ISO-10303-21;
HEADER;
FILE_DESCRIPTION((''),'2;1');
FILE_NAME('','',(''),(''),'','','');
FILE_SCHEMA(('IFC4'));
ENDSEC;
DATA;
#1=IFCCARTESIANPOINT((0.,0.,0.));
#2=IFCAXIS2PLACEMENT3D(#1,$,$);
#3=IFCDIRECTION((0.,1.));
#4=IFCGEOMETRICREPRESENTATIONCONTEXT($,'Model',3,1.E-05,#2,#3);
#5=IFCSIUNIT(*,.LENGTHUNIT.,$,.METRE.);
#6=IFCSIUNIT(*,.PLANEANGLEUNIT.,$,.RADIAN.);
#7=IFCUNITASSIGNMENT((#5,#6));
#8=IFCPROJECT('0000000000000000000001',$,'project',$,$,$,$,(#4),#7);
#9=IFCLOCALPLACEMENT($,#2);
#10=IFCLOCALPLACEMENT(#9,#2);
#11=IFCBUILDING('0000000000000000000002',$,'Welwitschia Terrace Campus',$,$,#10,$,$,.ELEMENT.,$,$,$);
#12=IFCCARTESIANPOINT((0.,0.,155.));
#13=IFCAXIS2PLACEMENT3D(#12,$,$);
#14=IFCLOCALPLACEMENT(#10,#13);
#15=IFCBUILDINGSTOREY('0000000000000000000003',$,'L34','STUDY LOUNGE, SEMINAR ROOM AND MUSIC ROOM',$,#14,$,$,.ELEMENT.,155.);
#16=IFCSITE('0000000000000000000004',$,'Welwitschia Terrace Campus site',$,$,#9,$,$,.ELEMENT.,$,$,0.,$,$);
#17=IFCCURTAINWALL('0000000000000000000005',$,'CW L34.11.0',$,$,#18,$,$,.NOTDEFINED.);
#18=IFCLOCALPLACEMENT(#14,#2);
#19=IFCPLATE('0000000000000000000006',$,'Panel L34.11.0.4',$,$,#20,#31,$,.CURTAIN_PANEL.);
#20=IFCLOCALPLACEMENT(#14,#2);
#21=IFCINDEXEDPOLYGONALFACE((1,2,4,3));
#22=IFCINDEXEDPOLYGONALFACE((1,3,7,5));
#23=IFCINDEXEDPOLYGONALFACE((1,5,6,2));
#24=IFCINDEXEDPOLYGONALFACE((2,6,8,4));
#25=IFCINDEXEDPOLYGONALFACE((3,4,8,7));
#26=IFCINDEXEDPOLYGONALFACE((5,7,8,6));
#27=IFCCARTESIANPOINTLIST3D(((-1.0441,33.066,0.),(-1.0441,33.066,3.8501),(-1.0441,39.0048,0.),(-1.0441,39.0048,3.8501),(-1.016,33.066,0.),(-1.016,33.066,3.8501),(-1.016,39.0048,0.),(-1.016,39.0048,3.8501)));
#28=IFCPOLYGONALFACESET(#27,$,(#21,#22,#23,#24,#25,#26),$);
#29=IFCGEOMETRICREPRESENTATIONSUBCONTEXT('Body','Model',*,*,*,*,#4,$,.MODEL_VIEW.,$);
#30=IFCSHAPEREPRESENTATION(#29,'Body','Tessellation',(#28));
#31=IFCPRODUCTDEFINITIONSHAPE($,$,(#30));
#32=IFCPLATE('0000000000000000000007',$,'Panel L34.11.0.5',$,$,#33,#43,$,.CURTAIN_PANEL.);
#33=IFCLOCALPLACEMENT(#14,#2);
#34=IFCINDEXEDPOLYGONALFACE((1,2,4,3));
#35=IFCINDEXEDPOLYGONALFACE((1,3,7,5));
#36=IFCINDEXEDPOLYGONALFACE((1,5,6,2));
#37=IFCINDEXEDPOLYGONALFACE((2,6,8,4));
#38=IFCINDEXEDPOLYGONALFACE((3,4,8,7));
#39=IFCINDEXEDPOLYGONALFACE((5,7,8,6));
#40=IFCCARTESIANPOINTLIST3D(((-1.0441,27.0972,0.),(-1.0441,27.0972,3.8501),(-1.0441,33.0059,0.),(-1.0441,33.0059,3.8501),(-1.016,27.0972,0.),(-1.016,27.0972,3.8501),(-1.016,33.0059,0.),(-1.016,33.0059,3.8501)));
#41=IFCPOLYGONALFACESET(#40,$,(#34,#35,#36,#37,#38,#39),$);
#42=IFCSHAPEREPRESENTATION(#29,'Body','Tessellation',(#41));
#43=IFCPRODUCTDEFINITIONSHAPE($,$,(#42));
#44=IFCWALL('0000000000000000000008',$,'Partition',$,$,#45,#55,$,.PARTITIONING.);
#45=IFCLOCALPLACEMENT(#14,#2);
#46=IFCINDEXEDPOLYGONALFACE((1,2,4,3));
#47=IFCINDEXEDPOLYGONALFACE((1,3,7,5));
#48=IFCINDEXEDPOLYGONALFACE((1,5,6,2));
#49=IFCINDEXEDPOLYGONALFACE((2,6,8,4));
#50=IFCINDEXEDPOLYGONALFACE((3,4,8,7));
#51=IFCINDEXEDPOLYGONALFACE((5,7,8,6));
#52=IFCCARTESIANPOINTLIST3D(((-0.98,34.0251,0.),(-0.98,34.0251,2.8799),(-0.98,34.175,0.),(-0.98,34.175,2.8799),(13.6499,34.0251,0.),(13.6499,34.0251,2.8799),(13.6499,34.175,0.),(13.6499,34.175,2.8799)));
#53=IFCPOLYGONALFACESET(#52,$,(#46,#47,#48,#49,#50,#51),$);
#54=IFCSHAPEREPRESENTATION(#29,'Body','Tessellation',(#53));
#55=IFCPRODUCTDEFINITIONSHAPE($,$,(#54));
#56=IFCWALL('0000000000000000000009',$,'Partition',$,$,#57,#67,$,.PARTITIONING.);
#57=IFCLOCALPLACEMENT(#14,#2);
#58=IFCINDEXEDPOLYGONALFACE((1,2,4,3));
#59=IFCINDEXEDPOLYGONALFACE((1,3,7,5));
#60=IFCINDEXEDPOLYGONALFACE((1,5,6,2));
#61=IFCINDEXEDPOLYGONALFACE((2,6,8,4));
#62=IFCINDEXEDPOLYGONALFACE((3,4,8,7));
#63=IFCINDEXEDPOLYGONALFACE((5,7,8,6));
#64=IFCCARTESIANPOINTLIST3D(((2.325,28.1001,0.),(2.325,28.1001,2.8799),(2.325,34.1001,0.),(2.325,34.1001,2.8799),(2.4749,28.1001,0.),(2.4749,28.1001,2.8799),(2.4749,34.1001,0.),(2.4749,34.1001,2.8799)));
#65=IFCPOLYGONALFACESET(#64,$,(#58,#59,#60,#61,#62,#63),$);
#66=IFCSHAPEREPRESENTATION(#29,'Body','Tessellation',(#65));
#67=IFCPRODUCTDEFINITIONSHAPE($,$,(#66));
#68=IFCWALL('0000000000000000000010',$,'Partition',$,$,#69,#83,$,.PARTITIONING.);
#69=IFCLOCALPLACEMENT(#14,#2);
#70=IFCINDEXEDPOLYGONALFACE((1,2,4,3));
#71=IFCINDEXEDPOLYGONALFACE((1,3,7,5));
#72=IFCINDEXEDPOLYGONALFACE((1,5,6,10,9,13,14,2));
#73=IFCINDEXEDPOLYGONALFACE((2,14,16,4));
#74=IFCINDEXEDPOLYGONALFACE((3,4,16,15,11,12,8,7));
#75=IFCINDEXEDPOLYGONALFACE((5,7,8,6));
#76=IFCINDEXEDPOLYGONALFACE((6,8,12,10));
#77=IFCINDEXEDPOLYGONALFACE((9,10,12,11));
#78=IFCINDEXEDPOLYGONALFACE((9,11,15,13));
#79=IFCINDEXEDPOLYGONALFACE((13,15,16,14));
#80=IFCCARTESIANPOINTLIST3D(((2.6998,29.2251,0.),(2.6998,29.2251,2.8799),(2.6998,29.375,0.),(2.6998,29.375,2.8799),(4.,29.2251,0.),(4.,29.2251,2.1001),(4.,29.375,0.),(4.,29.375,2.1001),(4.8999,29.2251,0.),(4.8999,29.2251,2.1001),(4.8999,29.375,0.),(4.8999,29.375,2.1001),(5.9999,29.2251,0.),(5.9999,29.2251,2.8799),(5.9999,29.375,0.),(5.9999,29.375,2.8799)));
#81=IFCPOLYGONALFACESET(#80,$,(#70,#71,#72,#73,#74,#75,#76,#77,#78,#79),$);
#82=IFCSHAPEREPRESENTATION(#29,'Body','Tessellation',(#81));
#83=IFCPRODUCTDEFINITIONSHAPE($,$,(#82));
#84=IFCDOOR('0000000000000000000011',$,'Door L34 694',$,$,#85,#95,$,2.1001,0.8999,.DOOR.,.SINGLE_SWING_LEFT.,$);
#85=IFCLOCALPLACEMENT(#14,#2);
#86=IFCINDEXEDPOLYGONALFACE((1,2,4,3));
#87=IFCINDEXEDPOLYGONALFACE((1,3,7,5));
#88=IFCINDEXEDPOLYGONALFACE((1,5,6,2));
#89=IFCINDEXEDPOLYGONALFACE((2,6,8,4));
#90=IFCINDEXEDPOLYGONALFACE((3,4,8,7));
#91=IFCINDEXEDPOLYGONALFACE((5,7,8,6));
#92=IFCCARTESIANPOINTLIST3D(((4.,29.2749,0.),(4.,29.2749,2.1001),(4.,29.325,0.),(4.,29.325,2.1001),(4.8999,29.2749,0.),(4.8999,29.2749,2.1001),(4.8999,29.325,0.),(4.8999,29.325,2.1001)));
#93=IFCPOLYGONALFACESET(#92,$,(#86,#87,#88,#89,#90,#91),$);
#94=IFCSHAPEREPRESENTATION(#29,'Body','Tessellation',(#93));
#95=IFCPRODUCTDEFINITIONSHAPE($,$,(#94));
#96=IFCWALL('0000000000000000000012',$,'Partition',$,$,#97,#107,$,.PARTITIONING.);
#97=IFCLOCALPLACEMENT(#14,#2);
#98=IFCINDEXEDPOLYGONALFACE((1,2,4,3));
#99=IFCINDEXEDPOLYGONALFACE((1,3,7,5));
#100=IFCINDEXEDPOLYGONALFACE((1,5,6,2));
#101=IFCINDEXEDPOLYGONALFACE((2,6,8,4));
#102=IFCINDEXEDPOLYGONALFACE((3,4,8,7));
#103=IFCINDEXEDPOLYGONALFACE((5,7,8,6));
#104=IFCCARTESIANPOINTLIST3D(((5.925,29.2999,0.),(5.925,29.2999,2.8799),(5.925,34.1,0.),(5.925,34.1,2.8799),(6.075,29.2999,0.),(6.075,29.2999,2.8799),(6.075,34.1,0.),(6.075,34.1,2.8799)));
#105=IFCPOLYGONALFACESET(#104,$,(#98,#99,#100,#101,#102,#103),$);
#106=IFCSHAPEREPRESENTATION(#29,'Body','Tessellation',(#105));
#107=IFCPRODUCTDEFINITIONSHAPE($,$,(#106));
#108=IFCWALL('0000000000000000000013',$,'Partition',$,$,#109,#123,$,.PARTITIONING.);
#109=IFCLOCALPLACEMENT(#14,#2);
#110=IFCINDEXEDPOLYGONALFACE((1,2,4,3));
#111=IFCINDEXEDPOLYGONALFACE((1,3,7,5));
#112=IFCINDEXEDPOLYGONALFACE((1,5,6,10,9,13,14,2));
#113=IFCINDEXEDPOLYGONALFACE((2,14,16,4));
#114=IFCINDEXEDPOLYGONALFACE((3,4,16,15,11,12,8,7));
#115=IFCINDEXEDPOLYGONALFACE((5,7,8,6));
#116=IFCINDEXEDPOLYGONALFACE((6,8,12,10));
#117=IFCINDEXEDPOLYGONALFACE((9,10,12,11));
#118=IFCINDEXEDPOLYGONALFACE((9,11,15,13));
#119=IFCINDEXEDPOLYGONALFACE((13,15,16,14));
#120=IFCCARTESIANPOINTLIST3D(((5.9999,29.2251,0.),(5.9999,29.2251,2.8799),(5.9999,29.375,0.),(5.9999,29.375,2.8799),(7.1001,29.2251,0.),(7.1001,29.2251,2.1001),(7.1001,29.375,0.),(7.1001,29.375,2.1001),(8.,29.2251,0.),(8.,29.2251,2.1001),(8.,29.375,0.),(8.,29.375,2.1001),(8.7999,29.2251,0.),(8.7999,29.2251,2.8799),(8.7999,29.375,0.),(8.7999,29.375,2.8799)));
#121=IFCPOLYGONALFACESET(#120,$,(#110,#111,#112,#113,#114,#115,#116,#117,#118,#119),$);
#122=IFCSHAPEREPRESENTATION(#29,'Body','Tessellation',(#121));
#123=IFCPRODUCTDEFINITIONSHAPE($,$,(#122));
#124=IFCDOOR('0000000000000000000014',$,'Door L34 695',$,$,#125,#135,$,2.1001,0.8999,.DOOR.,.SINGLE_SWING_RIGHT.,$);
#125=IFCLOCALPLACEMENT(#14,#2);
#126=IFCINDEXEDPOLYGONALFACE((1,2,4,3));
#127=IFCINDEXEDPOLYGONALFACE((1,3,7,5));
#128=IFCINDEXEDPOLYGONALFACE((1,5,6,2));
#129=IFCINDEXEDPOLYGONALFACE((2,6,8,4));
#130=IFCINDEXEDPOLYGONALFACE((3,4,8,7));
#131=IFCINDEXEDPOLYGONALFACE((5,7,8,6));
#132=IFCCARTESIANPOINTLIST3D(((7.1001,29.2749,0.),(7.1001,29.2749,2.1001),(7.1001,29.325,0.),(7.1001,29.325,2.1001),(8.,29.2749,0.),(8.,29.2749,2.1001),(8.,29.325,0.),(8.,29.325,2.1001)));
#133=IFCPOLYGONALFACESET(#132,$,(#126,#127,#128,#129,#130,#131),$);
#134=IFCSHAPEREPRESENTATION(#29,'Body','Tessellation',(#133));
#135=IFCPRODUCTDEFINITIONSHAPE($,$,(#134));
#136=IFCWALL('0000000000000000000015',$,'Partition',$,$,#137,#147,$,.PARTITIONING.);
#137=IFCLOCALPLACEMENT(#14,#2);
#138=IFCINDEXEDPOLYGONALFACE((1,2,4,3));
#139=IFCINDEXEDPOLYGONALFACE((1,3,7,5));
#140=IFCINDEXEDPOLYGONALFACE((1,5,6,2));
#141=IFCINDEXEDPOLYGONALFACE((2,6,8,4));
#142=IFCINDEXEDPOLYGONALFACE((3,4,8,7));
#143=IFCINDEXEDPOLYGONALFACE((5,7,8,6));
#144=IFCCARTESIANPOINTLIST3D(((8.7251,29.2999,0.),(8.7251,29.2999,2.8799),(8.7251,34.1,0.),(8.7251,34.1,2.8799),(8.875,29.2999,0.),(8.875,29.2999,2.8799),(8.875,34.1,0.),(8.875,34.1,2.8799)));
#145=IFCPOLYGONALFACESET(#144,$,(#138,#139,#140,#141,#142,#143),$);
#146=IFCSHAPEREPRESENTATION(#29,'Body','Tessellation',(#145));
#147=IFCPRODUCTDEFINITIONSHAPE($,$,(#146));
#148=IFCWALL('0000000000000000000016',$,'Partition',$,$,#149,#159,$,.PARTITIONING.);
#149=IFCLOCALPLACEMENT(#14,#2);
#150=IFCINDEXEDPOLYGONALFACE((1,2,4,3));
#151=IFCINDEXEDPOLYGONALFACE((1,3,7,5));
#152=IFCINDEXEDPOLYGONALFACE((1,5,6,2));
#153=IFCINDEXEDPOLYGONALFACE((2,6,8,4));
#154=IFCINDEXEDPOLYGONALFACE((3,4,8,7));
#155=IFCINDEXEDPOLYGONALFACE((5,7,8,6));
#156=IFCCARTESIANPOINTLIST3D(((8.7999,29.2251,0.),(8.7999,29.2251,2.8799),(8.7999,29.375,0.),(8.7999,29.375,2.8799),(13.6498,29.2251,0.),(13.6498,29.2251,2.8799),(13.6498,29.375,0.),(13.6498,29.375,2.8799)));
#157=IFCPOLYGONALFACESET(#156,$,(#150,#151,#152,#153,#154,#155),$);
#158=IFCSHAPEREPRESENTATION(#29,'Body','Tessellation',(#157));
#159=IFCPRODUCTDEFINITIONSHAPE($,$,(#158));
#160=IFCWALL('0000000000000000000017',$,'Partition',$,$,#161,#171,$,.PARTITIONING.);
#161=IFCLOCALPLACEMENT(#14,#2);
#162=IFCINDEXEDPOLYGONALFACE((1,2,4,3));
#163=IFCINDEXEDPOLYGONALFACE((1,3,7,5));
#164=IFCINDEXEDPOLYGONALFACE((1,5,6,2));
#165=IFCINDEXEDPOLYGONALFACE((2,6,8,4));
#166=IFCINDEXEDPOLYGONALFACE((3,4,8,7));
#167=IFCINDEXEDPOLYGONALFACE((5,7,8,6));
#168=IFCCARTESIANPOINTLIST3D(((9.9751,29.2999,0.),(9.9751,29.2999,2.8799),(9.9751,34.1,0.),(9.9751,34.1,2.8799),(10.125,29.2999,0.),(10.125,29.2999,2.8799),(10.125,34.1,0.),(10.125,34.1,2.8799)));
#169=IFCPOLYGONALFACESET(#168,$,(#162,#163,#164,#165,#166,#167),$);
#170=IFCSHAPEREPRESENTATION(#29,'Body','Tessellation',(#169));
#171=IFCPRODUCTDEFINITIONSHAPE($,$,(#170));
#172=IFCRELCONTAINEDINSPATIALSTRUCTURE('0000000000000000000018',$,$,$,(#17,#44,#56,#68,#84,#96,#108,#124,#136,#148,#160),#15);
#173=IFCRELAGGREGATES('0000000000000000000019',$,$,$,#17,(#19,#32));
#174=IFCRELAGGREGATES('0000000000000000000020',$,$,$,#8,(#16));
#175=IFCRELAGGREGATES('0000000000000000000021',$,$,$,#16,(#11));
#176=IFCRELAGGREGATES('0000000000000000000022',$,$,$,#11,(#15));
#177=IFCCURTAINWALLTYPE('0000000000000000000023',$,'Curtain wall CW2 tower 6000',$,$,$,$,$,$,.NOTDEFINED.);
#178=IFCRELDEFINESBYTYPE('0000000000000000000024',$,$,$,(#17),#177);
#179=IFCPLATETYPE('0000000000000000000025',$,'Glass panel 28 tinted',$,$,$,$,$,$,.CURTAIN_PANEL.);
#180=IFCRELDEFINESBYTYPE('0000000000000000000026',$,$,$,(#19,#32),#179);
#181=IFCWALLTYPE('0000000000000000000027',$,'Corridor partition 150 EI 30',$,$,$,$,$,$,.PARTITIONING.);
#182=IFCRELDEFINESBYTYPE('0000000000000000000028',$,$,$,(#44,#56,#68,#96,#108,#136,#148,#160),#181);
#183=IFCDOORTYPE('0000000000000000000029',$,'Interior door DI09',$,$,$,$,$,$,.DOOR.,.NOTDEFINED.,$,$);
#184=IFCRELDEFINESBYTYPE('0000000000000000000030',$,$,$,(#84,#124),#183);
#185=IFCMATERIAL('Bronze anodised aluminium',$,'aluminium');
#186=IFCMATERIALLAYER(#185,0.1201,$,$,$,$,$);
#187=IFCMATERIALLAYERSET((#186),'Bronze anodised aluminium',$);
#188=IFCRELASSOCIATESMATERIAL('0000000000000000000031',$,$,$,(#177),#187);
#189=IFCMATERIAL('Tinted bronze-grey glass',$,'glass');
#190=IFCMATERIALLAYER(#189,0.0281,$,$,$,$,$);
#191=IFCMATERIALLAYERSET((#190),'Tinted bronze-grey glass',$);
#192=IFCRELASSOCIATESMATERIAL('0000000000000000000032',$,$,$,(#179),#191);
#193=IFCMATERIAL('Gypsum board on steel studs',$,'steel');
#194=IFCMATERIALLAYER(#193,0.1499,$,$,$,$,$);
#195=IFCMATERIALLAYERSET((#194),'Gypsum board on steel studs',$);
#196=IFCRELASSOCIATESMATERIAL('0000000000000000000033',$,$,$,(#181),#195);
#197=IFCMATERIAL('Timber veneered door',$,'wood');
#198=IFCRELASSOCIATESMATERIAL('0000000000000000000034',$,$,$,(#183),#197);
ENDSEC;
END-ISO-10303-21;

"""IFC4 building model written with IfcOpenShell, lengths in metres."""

from ifc_helpers import new_model, si_unit, direction, frame, frame_2d, origin, origin_2d, place, context, subcontext, project, spatial, rectangle, extrude, material, layer, layer_set, type_object, element, fill, aggregate, save


model = new_model("IFC4")

# Units and contexts
model_context = context("Model", 3, precision=1e-05, world=origin(), true_north=direction((0.0, 1.0)))
body_context = subcontext(model_context, "Body", "Model", "MODEL_VIEW")
ifc_project = project(units=[si_unit("LENGTHUNIT", "METRE"), si_unit("PLANEANGLEUNIT", "RADIAN")], contexts=[model_context])

# Site, building, storey
site_placement = place(None, origin())
site = spatial("IfcSite", under=ifc_project, at=site_placement, Name="Welwitschia Terrace Campus site", CompositionType="ELEMENT", RefElevation=0.0)
building_placement = place(site_placement, origin())
building = spatial("IfcBuilding", under=site, at=building_placement, Name="Welwitschia Terrace Campus", CompositionType="ELEMENT")
storey_placement = place(building_placement, frame((0.0, 0.0, 155.0)))
storey = spatial("IfcBuildingStorey", under=building, at=storey_placement, Name="L34", Description="STUDY LOUNGE, SEMINAR ROOM AND MUSIC ROOM", CompositionType="ELEMENT", Elevation=155.0)

# Curtain wall
ifc_material_1 = material(Name="Bronze anodised aluminium", Category="aluminium")
ifc_layer_1 = layer(ifc_material_1, 0.1201)
ifc_layer_set_1 = layer_set([ifc_layer_1], Name="Bronze anodised aluminium")
curtain_wall_type = type_object("IfcCurtainWallType", Name="Curtain wall CW2 tower 6000", PredefinedType="NOTDEFINED", material=ifc_layer_set_1)
curtain_wall_placement = place(storey_placement, origin())
curtain_wall = element("IfcCurtainWall", 1, at=curtain_wall_placement, inside=storey, type_object=curtain_wall_type, Name="CW L34.11.0", PredefinedType="NOTDEFINED")

# Plates
ifc_material_2 = material(Name="Tinted bronze-grey glass", Category="glass")
ifc_layer_2 = layer(ifc_material_2, 0.0281)
ifc_layer_set_2 = layer_set([ifc_layer_2], Name="Tinted bronze-grey glass")
plate_type = type_object("IfcPlateType", Name="Glass panel 28 tinted", PredefinedType="CURTAIN_PANEL", material=ifc_layer_set_2)
plate_1_placement = place(storey_placement, frame((-1.03, 36.0354, 0.0), z_axis=(0.0, 0.0, 1.0), x_axis=(0.0, -1.0, 0.0)))
plate_1 = element("IfcPlate", 2, at=plate_1_placement, type_object=plate_type, Name="Panel L34.11.0.4", PredefinedType="CURTAIN_PANEL", context=body_context, shape_type="SweptSolid", body=[
    extrude(rectangle(XDim=5.9387, YDim=0.0281, at=origin_2d()), origin(), (0.0, 0.0, 1.0), 3.8501),
])
plate_2_placement = place(storey_placement, frame((-1.03, 30.0515, 0.0), z_axis=(0.0, 0.0, 1.0), x_axis=(0.0, -1.0, 0.0)))
plate_2 = element("IfcPlate", 3, at=plate_2_placement, type_object=plate_type, Name="Panel L34.11.0.5", PredefinedType="CURTAIN_PANEL", context=body_context, shape_type="SweptSolid", body=[
    extrude(rectangle(XDim=5.9087, YDim=0.0281, at=origin_2d()), origin(), (0.0, 0.0, 1.0), 3.8501),
])
aggregate(curtain_wall, [plate_1, plate_2])

# Walls
ifc_material_3 = material(Name="Gypsum board on steel studs", Category="steel")
ifc_layer_3 = layer(ifc_material_3, 0.1499)
ifc_layer_set_3 = layer_set([ifc_layer_3], Name="Gypsum board on steel studs")
wall_type = type_object("IfcWallType", Name="Corridor partition 150 EI 30", PredefinedType="PARTITIONING", material=ifc_layer_set_3)
wall_1_placement = place(storey_placement, frame((-0.98, 34.1001, 0.0), z_axis=(0.0, 0.0, 1.0), x_axis=(1.0, 0.0, 0.0)))
element("IfcWall", 4, at=wall_1_placement, inside=storey, type_object=wall_type, Name="Partition", PredefinedType="PARTITIONING", context=body_context, shape_type="SweptSolid", body=[
    extrude(rectangle(XDim=14.6299, YDim=0.1499, at=frame_2d((7.3149, 0.0))), origin(), (0.0, 0.0, 1.0), 2.8799),
])
wall_2_placement = place(storey_placement, frame((2.3999, 28.1001, 0.0), z_axis=(0.0, 0.0, 1.0), x_axis=(0.0, 1.0, 0.0)))
element("IfcWall", 5, at=wall_2_placement, inside=storey, type_object=wall_type, Name="Partition", PredefinedType="PARTITIONING", context=body_context, shape_type="SweptSolid", body=[
    extrude(rectangle(XDim=6.0, YDim=0.1499, at=frame_2d((3.0, 0.0))), origin(), (0.0, 0.0, 1.0), 2.8799),
])

# Wall, opening, door
wall_3_placement = place(storey_placement, frame((2.7, 29.3, 0.0), z_axis=(0.0, 0.0, 1.0), x_axis=(1.0, 0.0, 0.0)))
wall_3 = element("IfcWall", 6, at=wall_3_placement, inside=storey, type_object=wall_type, Name="Partition", PredefinedType="PARTITIONING", context=body_context, shape_type="SweptSolid", body=[
    extrude(rectangle(XDim=3.3, YDim=0.1499, at=frame_2d((1.6499, 0.0))), origin(), (0.0, 0.0, 1.0), 2.8799),
])
opening_1_placement = place(wall_3_placement, frame((1.3, 0.0, 0.0)))
opening_1 = element("IfcOpeningElement", 7, at=opening_1_placement, cuts=wall_3, PredefinedType="OPENING", context=body_context, shape_type="SweptSolid", body=[
    extrude(rectangle(XDim=0.8999, YDim=2.1001, at=frame_2d((0.45, 1.05))), frame((0.0, 0.085, 0.0), z_axis=(0.0, -1.0, 0.0), x_axis=(1.0, 0.0, 0.0)), (0.0, 0.0, 1.0), 0.1699),
])
ifc_material_4 = material(Name="Timber veneered door", Category="wood")
door_type = type_object("IfcDoorType", Name="Interior door DI09", OperationType="NOTDEFINED", PredefinedType="DOOR", material=ifc_material_4)
door_1_placement = place(opening_1_placement, origin())
door_1 = element("IfcDoor", 8, at=door_1_placement, inside=storey, type_object=door_type, Name="Door L34 694", OperationType="SINGLE_SWING_LEFT", OverallHeight=2.1001, OverallWidth=0.8999, PredefinedType="DOOR", context=body_context, shape_type="SweptSolid", body=[
    extrude(rectangle(XDim=0.8999, YDim=2.1001, at=frame_2d((0.45, 1.05))), frame((0.0, 0.0249, 0.0), z_axis=(0.0, -1.0, 0.0), x_axis=(1.0, 0.0, 0.0)), (0.0, 0.0, 1.0), 0.05),
])
fill(opening_1, door_1)

# Wall
wall_4_placement = place(storey_placement, frame((6.0, 29.3, 0.0), z_axis=(0.0, 0.0, 1.0), x_axis=(0.0, 1.0, 0.0)))
element("IfcWall", 9, at=wall_4_placement, inside=storey, type_object=wall_type, Name="Partition", PredefinedType="PARTITIONING", context=body_context, shape_type="SweptSolid", body=[
    extrude(rectangle(XDim=4.8, YDim=0.1499, at=frame_2d((2.3999, 0.0))), origin(), (0.0, 0.0, 1.0), 2.8799),
])

# Wall, opening, door
wall_5_placement = place(storey_placement, frame((6.0, 29.3, 0.0), z_axis=(0.0, 0.0, 1.0), x_axis=(1.0, 0.0, 0.0)))
wall_5 = element("IfcWall", 10, at=wall_5_placement, inside=storey, type_object=wall_type, Name="Partition", PredefinedType="PARTITIONING", context=body_context, shape_type="SweptSolid", body=[
    extrude(rectangle(XDim=2.8, YDim=0.1499, at=frame_2d((1.3999, 0.0))), origin(), (0.0, 0.0, 1.0), 2.8799),
])
opening_2_placement = place(wall_5_placement, frame((1.1001, 0.0, 0.0)))
opening_2 = element("IfcOpeningElement", 11, at=opening_2_placement, cuts=wall_5, PredefinedType="OPENING", context=body_context, shape_type="SweptSolid", body=[
    extrude(rectangle(XDim=0.8999, YDim=2.1001, at=frame_2d((0.45, 1.05))), frame((0.0, 0.085, 0.0), z_axis=(0.0, -1.0, 0.0), x_axis=(1.0, 0.0, 0.0)), (0.0, 0.0, 1.0), 0.1699),
])
door_2_placement = place(opening_2_placement, origin())
door_2 = element("IfcDoor", 12, at=door_2_placement, inside=storey, type_object=door_type, Name="Door L34 695", OperationType="SINGLE_SWING_RIGHT", OverallHeight=2.1001, OverallWidth=0.8999, PredefinedType="DOOR", context=body_context, shape_type="SweptSolid", body=[
    extrude(rectangle(XDim=0.8999, YDim=2.1001, at=frame_2d((0.45, 1.05))), frame((0.0, 0.0249, 0.0), z_axis=(0.0, -1.0, 0.0), x_axis=(1.0, 0.0, 0.0)), (0.0, 0.0, 1.0), 0.05),
])
fill(opening_2, door_2)

# Walls
wall_6_placement = place(storey_placement, frame((8.8, 29.3, 0.0), z_axis=(0.0, 0.0, 1.0), x_axis=(0.0, 1.0, 0.0)))
element("IfcWall", 13, at=wall_6_placement, inside=storey, type_object=wall_type, Name="Partition", PredefinedType="PARTITIONING", context=body_context, shape_type="SweptSolid", body=[
    extrude(rectangle(XDim=4.8, YDim=0.1499, at=frame_2d((2.3999, 0.0))), origin(), (0.0, 0.0, 1.0), 2.8799),
])
wall_7_placement = place(storey_placement, frame((8.8, 29.3, 0.0), z_axis=(0.0, 0.0, 1.0), x_axis=(1.0, 0.0, 0.0)))
element("IfcWall", 14, at=wall_7_placement, inside=storey, type_object=wall_type, Name="Partition", PredefinedType="PARTITIONING", context=body_context, shape_type="SweptSolid", body=[
    extrude(rectangle(XDim=4.8499, YDim=0.1499, at=frame_2d((2.4248, 0.0))), origin(), (0.0, 0.0, 1.0), 2.8799),
])
wall_8_placement = place(storey_placement, frame((10.05, 29.3, 0.0), z_axis=(0.0, 0.0, 1.0), x_axis=(0.0, 1.0, 0.0)))
element("IfcWall", 15, at=wall_8_placement, inside=storey, type_object=wall_type, Name="Partition", PredefinedType="PARTITIONING", context=body_context, shape_type="SweptSolid", body=[
    extrude(rectangle(XDim=4.8, YDim=0.1499, at=frame_2d((2.3999, 0.0))), origin(), (0.0, 0.0, 1.0), 2.8799),
])

save(model, "model.ifc")
